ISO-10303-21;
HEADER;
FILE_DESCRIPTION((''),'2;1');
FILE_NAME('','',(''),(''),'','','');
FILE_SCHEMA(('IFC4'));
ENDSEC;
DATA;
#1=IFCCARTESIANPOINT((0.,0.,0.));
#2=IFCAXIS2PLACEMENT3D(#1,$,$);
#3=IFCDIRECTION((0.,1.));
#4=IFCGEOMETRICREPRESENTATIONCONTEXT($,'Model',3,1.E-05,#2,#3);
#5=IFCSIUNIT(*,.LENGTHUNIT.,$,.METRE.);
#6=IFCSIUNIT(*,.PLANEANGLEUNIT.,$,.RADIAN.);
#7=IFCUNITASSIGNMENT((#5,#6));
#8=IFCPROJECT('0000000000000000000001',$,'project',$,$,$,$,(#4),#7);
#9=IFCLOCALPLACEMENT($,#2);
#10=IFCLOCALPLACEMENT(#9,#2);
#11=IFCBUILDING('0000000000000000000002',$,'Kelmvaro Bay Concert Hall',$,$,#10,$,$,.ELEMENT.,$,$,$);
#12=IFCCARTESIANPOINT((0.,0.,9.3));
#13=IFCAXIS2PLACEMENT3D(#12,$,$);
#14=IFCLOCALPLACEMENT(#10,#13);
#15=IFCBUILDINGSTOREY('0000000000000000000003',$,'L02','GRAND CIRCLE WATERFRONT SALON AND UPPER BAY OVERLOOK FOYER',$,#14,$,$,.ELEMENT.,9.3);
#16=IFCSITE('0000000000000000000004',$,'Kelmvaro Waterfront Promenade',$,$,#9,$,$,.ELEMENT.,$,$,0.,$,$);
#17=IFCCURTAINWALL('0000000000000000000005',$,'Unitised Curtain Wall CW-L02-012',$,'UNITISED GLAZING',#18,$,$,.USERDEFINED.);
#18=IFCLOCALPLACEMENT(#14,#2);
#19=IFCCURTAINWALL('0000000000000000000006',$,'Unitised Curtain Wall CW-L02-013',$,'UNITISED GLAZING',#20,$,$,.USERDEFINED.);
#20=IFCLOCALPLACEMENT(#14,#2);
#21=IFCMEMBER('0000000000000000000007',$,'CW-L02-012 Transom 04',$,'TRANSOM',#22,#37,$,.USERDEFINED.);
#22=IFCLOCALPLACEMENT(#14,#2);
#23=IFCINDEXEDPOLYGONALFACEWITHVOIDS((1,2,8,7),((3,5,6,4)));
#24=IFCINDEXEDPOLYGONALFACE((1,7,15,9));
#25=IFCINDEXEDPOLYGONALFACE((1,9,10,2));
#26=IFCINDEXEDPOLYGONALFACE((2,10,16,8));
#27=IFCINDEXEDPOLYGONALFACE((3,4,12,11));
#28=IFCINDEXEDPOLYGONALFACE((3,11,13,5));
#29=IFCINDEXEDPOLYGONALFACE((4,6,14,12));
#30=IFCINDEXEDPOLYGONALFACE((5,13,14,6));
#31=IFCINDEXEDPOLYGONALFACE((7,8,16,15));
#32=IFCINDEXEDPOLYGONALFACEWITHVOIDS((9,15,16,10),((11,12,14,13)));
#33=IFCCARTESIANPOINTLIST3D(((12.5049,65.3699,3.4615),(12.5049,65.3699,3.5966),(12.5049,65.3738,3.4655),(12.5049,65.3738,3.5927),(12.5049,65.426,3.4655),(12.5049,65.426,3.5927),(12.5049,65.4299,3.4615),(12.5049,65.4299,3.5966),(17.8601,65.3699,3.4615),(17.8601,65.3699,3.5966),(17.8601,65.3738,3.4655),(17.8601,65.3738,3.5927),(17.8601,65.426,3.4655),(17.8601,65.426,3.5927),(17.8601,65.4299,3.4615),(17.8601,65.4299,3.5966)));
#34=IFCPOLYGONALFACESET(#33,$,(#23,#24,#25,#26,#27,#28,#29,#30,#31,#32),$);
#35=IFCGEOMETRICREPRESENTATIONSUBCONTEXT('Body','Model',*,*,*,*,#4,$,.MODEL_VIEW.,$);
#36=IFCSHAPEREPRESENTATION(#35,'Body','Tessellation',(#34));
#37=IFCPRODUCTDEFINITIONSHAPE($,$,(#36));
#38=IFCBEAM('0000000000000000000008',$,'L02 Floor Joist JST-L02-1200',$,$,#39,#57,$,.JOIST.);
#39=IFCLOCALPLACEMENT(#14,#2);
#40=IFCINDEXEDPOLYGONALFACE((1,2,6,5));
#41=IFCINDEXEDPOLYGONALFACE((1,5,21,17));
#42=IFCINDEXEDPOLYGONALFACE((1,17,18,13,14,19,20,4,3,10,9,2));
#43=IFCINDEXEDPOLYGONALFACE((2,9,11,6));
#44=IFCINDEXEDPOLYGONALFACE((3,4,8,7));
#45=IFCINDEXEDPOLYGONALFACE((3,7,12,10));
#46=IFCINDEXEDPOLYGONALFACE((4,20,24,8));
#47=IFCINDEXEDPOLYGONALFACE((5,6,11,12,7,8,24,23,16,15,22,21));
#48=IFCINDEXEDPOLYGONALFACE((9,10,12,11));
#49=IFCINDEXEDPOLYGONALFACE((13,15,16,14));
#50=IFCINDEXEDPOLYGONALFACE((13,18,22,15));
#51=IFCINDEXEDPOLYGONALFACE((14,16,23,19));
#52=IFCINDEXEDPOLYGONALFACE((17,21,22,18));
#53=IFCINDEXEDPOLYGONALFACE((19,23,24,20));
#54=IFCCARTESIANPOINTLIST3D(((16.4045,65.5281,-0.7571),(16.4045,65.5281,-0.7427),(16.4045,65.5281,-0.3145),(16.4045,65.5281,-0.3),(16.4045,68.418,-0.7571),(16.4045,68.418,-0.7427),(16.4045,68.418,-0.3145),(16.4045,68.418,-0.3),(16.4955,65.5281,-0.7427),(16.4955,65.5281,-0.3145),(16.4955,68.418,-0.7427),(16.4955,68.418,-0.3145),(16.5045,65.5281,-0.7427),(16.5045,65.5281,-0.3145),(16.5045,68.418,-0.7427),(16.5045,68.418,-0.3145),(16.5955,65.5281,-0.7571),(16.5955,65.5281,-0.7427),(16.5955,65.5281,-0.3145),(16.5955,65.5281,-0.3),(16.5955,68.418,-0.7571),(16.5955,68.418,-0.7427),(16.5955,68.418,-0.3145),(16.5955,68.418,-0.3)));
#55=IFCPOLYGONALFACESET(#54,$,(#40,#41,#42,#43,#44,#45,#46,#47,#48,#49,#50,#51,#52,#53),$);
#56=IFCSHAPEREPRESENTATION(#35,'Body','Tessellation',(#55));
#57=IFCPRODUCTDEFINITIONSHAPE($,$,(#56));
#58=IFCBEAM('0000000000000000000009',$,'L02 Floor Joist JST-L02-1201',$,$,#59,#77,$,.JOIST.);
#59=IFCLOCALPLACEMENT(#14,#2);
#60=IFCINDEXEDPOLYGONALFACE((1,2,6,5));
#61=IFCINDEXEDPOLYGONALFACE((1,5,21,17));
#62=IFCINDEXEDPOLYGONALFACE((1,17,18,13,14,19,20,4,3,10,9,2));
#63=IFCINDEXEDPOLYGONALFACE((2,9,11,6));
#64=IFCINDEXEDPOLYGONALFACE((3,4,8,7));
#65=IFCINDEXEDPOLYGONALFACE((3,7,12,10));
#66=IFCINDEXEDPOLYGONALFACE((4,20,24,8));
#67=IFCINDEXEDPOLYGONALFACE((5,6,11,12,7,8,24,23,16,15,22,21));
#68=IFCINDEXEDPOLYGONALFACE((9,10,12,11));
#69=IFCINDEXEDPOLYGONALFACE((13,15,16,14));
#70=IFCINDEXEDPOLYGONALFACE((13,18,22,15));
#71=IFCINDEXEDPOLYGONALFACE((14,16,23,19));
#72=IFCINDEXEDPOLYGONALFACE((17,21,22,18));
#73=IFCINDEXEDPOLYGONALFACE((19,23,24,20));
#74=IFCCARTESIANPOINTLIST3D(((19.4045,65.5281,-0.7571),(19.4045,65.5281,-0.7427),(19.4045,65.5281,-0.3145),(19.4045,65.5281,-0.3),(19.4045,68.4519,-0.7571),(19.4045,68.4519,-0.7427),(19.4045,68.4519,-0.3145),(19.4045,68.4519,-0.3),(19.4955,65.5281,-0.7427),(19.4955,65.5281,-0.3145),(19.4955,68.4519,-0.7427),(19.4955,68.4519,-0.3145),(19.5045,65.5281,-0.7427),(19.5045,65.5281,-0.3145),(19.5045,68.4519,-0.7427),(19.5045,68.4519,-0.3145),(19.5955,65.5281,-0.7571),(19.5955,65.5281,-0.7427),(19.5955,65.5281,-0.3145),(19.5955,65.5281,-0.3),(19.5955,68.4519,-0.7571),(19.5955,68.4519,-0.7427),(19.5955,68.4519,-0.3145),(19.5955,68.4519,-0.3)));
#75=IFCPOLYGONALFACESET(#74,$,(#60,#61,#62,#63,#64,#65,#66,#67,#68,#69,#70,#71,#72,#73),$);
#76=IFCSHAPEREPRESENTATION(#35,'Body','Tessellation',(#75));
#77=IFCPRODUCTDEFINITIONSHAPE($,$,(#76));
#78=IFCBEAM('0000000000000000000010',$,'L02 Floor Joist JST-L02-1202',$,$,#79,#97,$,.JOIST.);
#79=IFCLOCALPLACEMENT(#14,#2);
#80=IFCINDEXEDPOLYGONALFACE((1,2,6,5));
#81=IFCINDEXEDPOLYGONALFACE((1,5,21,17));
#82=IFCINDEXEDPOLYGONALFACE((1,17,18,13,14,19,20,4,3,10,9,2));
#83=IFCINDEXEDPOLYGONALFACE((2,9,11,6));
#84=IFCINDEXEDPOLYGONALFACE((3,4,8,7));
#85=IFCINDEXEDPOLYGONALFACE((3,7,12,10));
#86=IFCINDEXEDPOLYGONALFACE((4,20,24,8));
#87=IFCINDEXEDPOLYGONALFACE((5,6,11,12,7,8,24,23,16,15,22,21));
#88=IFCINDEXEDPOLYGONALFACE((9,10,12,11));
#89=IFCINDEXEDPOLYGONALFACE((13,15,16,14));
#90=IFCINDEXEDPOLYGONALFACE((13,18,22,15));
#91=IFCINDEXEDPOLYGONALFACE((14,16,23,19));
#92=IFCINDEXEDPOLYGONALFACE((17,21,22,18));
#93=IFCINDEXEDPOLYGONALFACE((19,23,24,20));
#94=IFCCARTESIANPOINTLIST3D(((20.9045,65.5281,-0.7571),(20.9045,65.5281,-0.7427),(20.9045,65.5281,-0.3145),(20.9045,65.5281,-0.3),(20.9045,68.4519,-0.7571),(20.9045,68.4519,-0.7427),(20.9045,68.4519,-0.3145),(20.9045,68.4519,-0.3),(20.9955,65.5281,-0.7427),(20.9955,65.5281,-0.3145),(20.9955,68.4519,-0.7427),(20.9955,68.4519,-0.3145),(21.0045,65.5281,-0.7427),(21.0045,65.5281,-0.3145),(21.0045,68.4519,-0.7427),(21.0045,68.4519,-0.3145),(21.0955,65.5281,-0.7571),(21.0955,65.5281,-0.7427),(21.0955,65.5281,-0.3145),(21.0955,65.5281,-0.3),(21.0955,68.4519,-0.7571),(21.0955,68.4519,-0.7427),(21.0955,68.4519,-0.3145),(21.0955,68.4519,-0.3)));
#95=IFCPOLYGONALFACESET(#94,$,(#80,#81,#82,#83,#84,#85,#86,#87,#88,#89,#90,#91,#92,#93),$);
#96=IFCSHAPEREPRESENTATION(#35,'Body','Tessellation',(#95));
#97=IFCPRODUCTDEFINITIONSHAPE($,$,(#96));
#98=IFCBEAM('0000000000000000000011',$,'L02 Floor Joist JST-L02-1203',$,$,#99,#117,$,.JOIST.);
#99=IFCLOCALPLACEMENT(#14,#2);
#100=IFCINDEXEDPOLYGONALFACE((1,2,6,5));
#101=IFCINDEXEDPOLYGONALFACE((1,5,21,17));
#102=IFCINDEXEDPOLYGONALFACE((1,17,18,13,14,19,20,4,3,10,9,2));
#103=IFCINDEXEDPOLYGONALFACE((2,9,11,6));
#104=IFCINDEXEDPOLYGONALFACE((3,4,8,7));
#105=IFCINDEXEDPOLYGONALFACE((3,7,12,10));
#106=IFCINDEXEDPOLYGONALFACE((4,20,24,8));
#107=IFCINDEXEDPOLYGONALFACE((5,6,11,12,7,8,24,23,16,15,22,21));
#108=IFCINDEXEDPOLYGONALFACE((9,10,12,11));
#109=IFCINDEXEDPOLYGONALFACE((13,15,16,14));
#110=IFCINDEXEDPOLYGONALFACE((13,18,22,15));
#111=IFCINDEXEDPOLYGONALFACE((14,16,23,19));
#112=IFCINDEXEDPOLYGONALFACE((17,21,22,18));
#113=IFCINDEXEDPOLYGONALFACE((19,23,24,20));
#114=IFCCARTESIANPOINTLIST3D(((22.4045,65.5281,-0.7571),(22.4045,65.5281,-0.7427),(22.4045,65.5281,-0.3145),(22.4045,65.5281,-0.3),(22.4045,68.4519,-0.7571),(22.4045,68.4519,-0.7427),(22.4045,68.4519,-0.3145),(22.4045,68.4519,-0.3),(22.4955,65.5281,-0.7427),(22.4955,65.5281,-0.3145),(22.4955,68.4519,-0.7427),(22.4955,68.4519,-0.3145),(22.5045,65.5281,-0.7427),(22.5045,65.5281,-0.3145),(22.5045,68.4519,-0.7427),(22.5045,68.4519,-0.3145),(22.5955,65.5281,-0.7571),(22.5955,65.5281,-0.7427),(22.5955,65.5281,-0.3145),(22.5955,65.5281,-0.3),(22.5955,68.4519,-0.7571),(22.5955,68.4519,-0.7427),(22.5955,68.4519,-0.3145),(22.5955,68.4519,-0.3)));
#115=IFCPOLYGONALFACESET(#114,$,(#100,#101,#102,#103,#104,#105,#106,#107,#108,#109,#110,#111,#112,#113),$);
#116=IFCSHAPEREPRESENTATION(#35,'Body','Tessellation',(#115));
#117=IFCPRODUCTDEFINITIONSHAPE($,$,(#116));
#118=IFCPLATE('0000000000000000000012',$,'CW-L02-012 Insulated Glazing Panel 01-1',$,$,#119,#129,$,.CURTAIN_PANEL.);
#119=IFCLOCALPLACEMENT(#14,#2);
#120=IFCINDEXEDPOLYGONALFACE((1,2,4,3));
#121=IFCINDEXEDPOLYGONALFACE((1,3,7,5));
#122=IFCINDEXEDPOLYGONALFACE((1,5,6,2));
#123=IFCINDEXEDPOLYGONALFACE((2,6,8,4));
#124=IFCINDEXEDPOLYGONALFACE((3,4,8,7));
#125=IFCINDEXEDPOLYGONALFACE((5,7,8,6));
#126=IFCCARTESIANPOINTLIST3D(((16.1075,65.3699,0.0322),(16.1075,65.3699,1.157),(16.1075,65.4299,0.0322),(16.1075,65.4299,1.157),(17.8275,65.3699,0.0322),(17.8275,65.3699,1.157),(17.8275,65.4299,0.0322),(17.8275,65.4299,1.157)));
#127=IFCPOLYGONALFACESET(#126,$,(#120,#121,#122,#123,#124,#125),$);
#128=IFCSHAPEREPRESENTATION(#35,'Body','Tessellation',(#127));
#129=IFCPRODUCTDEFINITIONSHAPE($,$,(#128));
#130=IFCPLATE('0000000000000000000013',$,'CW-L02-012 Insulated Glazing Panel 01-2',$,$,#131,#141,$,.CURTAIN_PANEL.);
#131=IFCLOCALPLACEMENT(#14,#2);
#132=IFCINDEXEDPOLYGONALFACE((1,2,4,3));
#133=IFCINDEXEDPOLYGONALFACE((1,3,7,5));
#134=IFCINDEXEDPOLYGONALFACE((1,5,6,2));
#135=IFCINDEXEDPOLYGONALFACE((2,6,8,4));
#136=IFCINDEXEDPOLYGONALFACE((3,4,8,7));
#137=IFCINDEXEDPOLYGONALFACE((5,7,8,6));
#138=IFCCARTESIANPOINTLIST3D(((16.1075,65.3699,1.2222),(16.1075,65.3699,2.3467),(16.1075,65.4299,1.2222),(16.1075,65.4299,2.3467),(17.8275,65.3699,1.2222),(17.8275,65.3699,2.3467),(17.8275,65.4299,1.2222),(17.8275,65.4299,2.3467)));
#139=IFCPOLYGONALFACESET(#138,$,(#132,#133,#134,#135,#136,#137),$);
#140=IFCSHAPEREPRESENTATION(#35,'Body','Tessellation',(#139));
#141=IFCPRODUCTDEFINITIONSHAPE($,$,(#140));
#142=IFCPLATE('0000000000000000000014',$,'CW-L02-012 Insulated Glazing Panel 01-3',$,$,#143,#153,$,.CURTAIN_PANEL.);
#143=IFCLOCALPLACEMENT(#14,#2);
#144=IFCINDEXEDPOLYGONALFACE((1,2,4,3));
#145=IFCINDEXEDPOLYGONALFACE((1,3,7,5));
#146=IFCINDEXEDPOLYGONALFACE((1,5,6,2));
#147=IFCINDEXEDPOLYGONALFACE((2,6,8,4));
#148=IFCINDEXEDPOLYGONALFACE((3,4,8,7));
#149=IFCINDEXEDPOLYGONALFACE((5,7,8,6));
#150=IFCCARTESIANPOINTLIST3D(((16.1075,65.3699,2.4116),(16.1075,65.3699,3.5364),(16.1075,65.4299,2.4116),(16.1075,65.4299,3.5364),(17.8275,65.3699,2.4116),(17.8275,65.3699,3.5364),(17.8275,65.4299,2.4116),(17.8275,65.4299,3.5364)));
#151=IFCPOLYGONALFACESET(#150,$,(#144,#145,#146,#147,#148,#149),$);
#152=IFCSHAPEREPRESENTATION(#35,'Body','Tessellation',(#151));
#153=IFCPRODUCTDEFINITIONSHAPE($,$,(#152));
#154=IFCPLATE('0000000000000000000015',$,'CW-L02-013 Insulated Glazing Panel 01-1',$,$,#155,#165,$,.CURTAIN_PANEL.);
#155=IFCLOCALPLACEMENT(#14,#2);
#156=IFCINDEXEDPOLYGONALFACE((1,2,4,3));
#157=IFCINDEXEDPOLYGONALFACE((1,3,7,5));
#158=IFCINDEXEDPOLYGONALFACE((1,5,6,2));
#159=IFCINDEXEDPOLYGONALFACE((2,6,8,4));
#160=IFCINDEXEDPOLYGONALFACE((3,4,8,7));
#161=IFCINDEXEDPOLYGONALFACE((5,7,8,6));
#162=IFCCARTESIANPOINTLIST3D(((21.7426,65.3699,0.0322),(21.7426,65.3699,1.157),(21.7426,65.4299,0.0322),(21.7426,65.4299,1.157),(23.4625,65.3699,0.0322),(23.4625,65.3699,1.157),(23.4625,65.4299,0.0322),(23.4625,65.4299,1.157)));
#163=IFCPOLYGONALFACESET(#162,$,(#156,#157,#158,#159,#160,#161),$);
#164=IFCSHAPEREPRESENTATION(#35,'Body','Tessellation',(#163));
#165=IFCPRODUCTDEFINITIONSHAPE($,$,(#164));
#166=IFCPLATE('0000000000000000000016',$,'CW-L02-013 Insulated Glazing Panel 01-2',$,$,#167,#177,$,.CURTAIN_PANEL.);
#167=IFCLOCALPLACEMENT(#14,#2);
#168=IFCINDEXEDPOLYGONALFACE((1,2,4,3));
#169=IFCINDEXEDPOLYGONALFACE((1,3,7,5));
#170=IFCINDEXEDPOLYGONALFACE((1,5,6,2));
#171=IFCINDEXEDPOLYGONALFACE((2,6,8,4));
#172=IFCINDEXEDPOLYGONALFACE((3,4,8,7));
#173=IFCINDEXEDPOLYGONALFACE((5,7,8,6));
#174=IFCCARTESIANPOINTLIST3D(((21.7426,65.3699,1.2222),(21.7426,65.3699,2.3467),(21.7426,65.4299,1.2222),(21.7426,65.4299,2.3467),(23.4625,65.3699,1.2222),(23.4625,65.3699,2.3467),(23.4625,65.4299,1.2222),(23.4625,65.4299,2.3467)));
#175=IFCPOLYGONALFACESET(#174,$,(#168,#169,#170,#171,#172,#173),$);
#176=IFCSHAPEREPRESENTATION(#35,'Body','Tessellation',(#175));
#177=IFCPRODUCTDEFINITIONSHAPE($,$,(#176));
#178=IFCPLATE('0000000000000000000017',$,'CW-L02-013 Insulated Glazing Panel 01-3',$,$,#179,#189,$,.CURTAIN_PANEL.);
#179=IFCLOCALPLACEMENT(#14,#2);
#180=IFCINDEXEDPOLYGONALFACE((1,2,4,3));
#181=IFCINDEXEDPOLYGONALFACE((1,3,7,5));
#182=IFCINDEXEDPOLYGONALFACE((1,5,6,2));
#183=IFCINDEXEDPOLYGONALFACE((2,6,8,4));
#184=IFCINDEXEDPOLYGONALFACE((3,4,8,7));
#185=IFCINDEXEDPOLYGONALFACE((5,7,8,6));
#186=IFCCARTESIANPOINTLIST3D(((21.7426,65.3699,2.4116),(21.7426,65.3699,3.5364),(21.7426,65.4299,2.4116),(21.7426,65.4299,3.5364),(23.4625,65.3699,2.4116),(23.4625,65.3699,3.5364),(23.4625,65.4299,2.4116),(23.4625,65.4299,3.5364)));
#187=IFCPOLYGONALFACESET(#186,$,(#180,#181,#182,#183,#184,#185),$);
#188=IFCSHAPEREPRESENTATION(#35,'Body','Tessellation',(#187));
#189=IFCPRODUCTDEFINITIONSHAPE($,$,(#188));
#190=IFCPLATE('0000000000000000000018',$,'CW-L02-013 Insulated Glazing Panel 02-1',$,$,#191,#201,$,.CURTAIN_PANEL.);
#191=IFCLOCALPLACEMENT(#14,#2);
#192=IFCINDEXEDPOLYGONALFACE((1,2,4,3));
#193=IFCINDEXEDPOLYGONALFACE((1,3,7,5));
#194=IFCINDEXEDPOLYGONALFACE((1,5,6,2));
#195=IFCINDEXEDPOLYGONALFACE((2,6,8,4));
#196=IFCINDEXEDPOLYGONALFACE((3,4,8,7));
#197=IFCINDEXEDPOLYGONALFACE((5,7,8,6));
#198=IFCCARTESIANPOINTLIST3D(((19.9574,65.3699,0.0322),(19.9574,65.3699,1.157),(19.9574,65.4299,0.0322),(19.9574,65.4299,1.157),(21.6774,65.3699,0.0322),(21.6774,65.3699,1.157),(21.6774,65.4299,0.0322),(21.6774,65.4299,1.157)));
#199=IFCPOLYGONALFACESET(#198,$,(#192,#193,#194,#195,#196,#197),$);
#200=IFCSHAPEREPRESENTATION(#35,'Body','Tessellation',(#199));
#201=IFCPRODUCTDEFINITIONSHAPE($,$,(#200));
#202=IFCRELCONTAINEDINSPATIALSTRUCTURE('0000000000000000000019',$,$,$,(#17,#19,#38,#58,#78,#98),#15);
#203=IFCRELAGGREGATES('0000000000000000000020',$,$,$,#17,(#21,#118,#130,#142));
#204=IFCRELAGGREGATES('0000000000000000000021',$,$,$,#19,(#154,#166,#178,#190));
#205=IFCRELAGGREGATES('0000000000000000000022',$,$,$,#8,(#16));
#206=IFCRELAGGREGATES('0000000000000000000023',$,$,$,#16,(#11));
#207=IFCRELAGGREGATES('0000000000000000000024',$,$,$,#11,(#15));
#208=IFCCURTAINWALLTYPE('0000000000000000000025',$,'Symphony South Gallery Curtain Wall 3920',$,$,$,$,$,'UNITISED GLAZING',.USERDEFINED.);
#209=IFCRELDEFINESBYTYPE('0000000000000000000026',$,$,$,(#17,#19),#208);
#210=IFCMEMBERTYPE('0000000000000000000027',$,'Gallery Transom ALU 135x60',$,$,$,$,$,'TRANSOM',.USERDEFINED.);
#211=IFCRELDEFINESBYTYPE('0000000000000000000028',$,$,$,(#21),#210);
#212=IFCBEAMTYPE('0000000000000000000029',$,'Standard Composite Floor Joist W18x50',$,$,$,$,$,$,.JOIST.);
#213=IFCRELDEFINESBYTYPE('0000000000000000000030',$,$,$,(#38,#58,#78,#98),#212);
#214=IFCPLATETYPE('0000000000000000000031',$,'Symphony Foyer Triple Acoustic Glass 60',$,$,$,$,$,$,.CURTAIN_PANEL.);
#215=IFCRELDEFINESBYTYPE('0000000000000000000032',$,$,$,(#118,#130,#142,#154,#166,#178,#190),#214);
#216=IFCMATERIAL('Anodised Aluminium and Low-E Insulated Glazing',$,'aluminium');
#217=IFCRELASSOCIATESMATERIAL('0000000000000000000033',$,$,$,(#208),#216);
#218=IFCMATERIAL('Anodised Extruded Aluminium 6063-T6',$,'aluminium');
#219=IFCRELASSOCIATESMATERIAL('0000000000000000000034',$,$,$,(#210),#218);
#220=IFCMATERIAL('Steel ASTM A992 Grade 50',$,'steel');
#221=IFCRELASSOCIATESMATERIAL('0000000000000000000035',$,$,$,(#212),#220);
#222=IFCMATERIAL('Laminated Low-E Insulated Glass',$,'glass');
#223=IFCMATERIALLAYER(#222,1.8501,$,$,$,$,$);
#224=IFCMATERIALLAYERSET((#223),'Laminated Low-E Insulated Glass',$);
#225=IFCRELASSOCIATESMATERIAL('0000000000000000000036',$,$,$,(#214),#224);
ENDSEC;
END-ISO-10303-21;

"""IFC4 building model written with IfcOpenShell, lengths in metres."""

from ifc_helpers import new_model, si_unit, direction, frame, origin, origin_2d, place, context, subcontext, project, spatial, rectangle, hollow_rectangle, i_section, extrude, material, layer, layer_set, material_profile, profile_set, type_object, element, aggregate, save


model = new_model("IFC4")

# Units and contexts
model_context = context("Model", 3, precision=1e-05, world=origin(), true_north=direction((0.0, 1.0)))
body_context = subcontext(model_context, "Body", "Model", "MODEL_VIEW")
ifc_project = project(units=[si_unit("LENGTHUNIT", "METRE"), si_unit("PLANEANGLEUNIT", "RADIAN")], contexts=[model_context])

# Site, building, storey
site_placement = place(None, origin())
site = spatial("IfcSite", under=ifc_project, at=site_placement, Name="Kelmvaro Waterfront Promenade", CompositionType="ELEMENT", RefElevation=0.0)
building_placement = place(site_placement, origin())
building = spatial("IfcBuilding", under=site, at=building_placement, Name="Kelmvaro Bay Concert Hall", CompositionType="ELEMENT")
storey_placement = place(building_placement, frame((0.0, 0.0, 9.3)))
storey = spatial("IfcBuildingStorey", under=building, at=storey_placement, Name="L02", Description="GRAND CIRCLE WATERFRONT SALON AND UPPER BAY OVERLOOK FOYER", CompositionType="ELEMENT", Elevation=9.3)

# Curtain walls
ifc_material_1 = material(Name="Anodised Aluminium and Low-E Insulated Glazing", Category="aluminium")
curtain_wall_type = type_object("IfcCurtainWallType", Name="Symphony South Gallery Curtain Wall 3920", ElementType="UNITISED GLAZING", PredefinedType="USERDEFINED", material=ifc_material_1)
curtain_wall_1_placement = place(storey_placement, origin())
curtain_wall_1 = element("IfcCurtainWall", 1, at=curtain_wall_1_placement, inside=storey, type_object=curtain_wall_type, Name="Unitised Curtain Wall CW-L02-012", ObjectType="UNITISED GLAZING", PredefinedType="USERDEFINED")
curtain_wall_2_placement = place(storey_placement, origin())
curtain_wall_2 = element("IfcCurtainWall", 2, at=curtain_wall_2_placement, inside=storey, type_object=curtain_wall_type, Name="Unitised Curtain Wall CW-L02-013", ObjectType="UNITISED GLAZING", PredefinedType="USERDEFINED")

# Member
ifc_material_2 = material(Name="Anodised Extruded Aluminium 6063-T6", Category="aluminium")
ifc_material_profile_1 = material_profile(ifc_material_2, hollow_rectangle(XDim=0.0601, YDim=0.135, WallThickness=0.0039, at=origin_2d()), Name="ALU-TRN-135X60")
ifc_profile_set_1 = profile_set([ifc_material_profile_1], Name="Anodised Extruded Aluminium 6063-T6")
member_type_1 = type_object("IfcMemberType", Name="Gallery Transom ALU 135x60", ElementType="TRANSOM", PredefinedType="USERDEFINED", material=ifc_profile_set_1)
member_1_placement = place(storey_placement, frame((17.8601, 65.3999, 3.5291), z_axis=(-1.0, 0.0, 0.0), x_axis=(0.0, -1.0, 0.0)))
member_1 = element("IfcMember", 3, at=member_1_placement, type_object=member_type_1, Name="CW-L02-012 Transom 04", ObjectType="TRANSOM", PredefinedType="USERDEFINED", context=body_context, shape_type="SweptSolid", body=[
    extrude(hollow_rectangle(XDim=0.0601, YDim=0.135, WallThickness=0.0039, at=origin_2d()), origin(), (0.0, 0.0, 1.0), 5.3552),
])

# Beams
ifc_material_3 = material(Name="Steel ASTM A992 Grade 50", Category="steel")
ifc_material_profile_2 = material_profile(ifc_material_3, i_section(OverallWidth=0.1909, OverallDepth=0.457, WebThickness=0.009, FlangeThickness=0.0144, at=origin_2d()), Name="W18X50")
ifc_profile_set_2 = profile_set([ifc_material_profile_2], Name="Steel ASTM A992 Grade 50")
beam_type_1 = type_object("IfcBeamType", Name="Standard Composite Floor Joist W18x50", PredefinedType="JOIST", material=ifc_profile_set_2)
beam_1_placement = place(storey_placement, frame((16.5, 65.5281, -0.5286), z_axis=(0.0, 1.0, 0.0), x_axis=(-1.0, 0.0, 0.0)))
element("IfcBeam", 4, at=beam_1_placement, inside=storey, type_object=beam_type_1, Name="L02 Floor Joist JST-L02-1200", PredefinedType="JOIST", context=body_context, shape_type="SweptSolid", body=[
    extrude(i_section(OverallWidth=0.1909, OverallDepth=0.457, WebThickness=0.009, FlangeThickness=0.0144, at=origin_2d()), origin(), (0.0, 0.0, 1.0), 2.8899),
])
for number, where, z_axis, x_axis, name in (
    (5, (19.5, 65.5281, -0.5286), (0.0, 1.0, 0.0), (-1.0, 0.0, 0.0), "L02 Floor Joist JST-L02-1201"),
    (6, (21.0, 65.5281, -0.5286), (0.0, 1.0, 0.0), (-1.0, 0.0, 0.0), "L02 Floor Joist JST-L02-1202"),
    (7, (22.5, 65.5281, -0.5286), (0.0, 1.0, 0.0), (-1.0, 0.0, 0.0), "L02 Floor Joist JST-L02-1203"),
):
    element("IfcBeam", number, at=place(storey_placement, frame(where, z_axis=z_axis, x_axis=x_axis)), inside=storey, type_object=beam_type_1, Name=name, PredefinedType="JOIST", context=body_context, shape_type="SweptSolid", body=[
        extrude(i_section(OverallWidth=0.1909, OverallDepth=0.457, WebThickness=0.009, FlangeThickness=0.0144, at=origin_2d()), origin(), (0.0, 0.0, 1.0), 2.9238),
    ])

# Plates
ifc_material_4 = material(Name="Laminated Low-E Insulated Glass", Category="glass")
ifc_layer_1 = layer(ifc_material_4, 1.8501)
ifc_layer_set_1 = layer_set([ifc_layer_1], Name="Laminated Low-E Insulated Glass")
plate_type = type_object("IfcPlateType", Name="Symphony Foyer Triple Acoustic Glass 60", PredefinedType="CURTAIN_PANEL", material=ifc_layer_set_1)
plate_1_placement = place(storey_placement, frame((16.9675, 65.3999, 0.0322), z_axis=(0.0, 0.0, 1.0), x_axis=(-1.0, 0.0, 0.0)))
plate_1 = element("IfcPlate", 8, at=plate_1_placement, type_object=plate_type, Name="CW-L02-012 Insulated Glazing Panel 01-1", PredefinedType="CURTAIN_PANEL", context=body_context, shape_type="SweptSolid", body=[
    extrude(rectangle(XDim=1.72, YDim=0.0601, at=origin_2d()), origin(), (0.0, 0.0, 1.0), 1.1248),
])
plate_2_placement = place(storey_placement, frame((16.9675, 65.3999, 1.2222), z_axis=(0.0, 0.0, 1.0), x_axis=(-1.0, 0.0, 0.0)))
plate_2 = element("IfcPlate", 9, at=plate_2_placement, type_object=plate_type, Name="CW-L02-012 Insulated Glazing Panel 01-2", PredefinedType="CURTAIN_PANEL", context=body_context, shape_type="SweptSolid", body=[
    extrude(rectangle(XDim=1.72, YDim=0.0601, at=origin_2d()), origin(), (0.0, 0.0, 1.0), 1.1245),
])
plate_3_placement = place(storey_placement, frame((16.9675, 65.3999, 2.4116), z_axis=(0.0, 0.0, 1.0), x_axis=(-1.0, 0.0, 0.0)))
plate_3 = element("IfcPlate", 10, at=plate_3_placement, type_object=plate_type, Name="CW-L02-012 Insulated Glazing Panel 01-3", PredefinedType="CURTAIN_PANEL", context=body_context, shape_type="SweptSolid", body=[
    extrude(rectangle(XDim=1.72, YDim=0.0601, at=origin_2d()), origin(), (0.0, 0.0, 1.0), 1.1248),
])
aggregate(curtain_wall_1, [member_1, plate_1, plate_2, plate_3])
plate_4_placement = place(storey_placement, frame((22.6025, 65.3999, 0.0322), z_axis=(0.0, 0.0, 1.0), x_axis=(-1.0, 0.0, 0.0)))
plate_4 = element("IfcPlate", 11, at=plate_4_placement, type_object=plate_type, Name="CW-L02-013 Insulated Glazing Panel 01-1", PredefinedType="CURTAIN_PANEL", context=body_context, shape_type="SweptSolid", body=[
    extrude(rectangle(XDim=1.72, YDim=0.0601, at=origin_2d()), origin(), (0.0, 0.0, 1.0), 1.1248),
])
plate_5_placement = place(storey_placement, frame((22.6025, 65.3999, 1.2222), z_axis=(0.0, 0.0, 1.0), x_axis=(-1.0, 0.0, 0.0)))
plate_5 = element("IfcPlate", 12, at=plate_5_placement, type_object=plate_type, Name="CW-L02-013 Insulated Glazing Panel 01-2", PredefinedType="CURTAIN_PANEL", context=body_context, shape_type="SweptSolid", body=[
    extrude(rectangle(XDim=1.72, YDim=0.0601, at=origin_2d()), origin(), (0.0, 0.0, 1.0), 1.1245),
])
plate_6_placement = place(storey_placement, frame((22.6025, 65.3999, 2.4116), z_axis=(0.0, 0.0, 1.0), x_axis=(-1.0, 0.0, 0.0)))
plate_6 = element("IfcPlate", 13, at=plate_6_placement, type_object=plate_type, Name="CW-L02-013 Insulated Glazing Panel 01-3", PredefinedType="CURTAIN_PANEL", context=body_context, shape_type="SweptSolid", body=[
    extrude(rectangle(XDim=1.72, YDim=0.0601, at=origin_2d()), origin(), (0.0, 0.0, 1.0), 1.1248),
])
plate_7_placement = place(storey_placement, frame((20.8174, 65.3999, 0.0322), z_axis=(0.0, 0.0, 1.0), x_axis=(-1.0, 0.0, 0.0)))
plate_7 = element("IfcPlate", 14, at=plate_7_placement, type_object=plate_type, Name="CW-L02-013 Insulated Glazing Panel 02-1", PredefinedType="CURTAIN_PANEL", context=body_context, shape_type="SweptSolid", body=[
    extrude(rectangle(XDim=1.72, YDim=0.0601, at=origin_2d()), origin(), (0.0, 0.0, 1.0), 1.1248),
])
aggregate(curtain_wall_2, [plate_4, plate_5, plate_6, plate_7])

save(model, "model.ifc")
